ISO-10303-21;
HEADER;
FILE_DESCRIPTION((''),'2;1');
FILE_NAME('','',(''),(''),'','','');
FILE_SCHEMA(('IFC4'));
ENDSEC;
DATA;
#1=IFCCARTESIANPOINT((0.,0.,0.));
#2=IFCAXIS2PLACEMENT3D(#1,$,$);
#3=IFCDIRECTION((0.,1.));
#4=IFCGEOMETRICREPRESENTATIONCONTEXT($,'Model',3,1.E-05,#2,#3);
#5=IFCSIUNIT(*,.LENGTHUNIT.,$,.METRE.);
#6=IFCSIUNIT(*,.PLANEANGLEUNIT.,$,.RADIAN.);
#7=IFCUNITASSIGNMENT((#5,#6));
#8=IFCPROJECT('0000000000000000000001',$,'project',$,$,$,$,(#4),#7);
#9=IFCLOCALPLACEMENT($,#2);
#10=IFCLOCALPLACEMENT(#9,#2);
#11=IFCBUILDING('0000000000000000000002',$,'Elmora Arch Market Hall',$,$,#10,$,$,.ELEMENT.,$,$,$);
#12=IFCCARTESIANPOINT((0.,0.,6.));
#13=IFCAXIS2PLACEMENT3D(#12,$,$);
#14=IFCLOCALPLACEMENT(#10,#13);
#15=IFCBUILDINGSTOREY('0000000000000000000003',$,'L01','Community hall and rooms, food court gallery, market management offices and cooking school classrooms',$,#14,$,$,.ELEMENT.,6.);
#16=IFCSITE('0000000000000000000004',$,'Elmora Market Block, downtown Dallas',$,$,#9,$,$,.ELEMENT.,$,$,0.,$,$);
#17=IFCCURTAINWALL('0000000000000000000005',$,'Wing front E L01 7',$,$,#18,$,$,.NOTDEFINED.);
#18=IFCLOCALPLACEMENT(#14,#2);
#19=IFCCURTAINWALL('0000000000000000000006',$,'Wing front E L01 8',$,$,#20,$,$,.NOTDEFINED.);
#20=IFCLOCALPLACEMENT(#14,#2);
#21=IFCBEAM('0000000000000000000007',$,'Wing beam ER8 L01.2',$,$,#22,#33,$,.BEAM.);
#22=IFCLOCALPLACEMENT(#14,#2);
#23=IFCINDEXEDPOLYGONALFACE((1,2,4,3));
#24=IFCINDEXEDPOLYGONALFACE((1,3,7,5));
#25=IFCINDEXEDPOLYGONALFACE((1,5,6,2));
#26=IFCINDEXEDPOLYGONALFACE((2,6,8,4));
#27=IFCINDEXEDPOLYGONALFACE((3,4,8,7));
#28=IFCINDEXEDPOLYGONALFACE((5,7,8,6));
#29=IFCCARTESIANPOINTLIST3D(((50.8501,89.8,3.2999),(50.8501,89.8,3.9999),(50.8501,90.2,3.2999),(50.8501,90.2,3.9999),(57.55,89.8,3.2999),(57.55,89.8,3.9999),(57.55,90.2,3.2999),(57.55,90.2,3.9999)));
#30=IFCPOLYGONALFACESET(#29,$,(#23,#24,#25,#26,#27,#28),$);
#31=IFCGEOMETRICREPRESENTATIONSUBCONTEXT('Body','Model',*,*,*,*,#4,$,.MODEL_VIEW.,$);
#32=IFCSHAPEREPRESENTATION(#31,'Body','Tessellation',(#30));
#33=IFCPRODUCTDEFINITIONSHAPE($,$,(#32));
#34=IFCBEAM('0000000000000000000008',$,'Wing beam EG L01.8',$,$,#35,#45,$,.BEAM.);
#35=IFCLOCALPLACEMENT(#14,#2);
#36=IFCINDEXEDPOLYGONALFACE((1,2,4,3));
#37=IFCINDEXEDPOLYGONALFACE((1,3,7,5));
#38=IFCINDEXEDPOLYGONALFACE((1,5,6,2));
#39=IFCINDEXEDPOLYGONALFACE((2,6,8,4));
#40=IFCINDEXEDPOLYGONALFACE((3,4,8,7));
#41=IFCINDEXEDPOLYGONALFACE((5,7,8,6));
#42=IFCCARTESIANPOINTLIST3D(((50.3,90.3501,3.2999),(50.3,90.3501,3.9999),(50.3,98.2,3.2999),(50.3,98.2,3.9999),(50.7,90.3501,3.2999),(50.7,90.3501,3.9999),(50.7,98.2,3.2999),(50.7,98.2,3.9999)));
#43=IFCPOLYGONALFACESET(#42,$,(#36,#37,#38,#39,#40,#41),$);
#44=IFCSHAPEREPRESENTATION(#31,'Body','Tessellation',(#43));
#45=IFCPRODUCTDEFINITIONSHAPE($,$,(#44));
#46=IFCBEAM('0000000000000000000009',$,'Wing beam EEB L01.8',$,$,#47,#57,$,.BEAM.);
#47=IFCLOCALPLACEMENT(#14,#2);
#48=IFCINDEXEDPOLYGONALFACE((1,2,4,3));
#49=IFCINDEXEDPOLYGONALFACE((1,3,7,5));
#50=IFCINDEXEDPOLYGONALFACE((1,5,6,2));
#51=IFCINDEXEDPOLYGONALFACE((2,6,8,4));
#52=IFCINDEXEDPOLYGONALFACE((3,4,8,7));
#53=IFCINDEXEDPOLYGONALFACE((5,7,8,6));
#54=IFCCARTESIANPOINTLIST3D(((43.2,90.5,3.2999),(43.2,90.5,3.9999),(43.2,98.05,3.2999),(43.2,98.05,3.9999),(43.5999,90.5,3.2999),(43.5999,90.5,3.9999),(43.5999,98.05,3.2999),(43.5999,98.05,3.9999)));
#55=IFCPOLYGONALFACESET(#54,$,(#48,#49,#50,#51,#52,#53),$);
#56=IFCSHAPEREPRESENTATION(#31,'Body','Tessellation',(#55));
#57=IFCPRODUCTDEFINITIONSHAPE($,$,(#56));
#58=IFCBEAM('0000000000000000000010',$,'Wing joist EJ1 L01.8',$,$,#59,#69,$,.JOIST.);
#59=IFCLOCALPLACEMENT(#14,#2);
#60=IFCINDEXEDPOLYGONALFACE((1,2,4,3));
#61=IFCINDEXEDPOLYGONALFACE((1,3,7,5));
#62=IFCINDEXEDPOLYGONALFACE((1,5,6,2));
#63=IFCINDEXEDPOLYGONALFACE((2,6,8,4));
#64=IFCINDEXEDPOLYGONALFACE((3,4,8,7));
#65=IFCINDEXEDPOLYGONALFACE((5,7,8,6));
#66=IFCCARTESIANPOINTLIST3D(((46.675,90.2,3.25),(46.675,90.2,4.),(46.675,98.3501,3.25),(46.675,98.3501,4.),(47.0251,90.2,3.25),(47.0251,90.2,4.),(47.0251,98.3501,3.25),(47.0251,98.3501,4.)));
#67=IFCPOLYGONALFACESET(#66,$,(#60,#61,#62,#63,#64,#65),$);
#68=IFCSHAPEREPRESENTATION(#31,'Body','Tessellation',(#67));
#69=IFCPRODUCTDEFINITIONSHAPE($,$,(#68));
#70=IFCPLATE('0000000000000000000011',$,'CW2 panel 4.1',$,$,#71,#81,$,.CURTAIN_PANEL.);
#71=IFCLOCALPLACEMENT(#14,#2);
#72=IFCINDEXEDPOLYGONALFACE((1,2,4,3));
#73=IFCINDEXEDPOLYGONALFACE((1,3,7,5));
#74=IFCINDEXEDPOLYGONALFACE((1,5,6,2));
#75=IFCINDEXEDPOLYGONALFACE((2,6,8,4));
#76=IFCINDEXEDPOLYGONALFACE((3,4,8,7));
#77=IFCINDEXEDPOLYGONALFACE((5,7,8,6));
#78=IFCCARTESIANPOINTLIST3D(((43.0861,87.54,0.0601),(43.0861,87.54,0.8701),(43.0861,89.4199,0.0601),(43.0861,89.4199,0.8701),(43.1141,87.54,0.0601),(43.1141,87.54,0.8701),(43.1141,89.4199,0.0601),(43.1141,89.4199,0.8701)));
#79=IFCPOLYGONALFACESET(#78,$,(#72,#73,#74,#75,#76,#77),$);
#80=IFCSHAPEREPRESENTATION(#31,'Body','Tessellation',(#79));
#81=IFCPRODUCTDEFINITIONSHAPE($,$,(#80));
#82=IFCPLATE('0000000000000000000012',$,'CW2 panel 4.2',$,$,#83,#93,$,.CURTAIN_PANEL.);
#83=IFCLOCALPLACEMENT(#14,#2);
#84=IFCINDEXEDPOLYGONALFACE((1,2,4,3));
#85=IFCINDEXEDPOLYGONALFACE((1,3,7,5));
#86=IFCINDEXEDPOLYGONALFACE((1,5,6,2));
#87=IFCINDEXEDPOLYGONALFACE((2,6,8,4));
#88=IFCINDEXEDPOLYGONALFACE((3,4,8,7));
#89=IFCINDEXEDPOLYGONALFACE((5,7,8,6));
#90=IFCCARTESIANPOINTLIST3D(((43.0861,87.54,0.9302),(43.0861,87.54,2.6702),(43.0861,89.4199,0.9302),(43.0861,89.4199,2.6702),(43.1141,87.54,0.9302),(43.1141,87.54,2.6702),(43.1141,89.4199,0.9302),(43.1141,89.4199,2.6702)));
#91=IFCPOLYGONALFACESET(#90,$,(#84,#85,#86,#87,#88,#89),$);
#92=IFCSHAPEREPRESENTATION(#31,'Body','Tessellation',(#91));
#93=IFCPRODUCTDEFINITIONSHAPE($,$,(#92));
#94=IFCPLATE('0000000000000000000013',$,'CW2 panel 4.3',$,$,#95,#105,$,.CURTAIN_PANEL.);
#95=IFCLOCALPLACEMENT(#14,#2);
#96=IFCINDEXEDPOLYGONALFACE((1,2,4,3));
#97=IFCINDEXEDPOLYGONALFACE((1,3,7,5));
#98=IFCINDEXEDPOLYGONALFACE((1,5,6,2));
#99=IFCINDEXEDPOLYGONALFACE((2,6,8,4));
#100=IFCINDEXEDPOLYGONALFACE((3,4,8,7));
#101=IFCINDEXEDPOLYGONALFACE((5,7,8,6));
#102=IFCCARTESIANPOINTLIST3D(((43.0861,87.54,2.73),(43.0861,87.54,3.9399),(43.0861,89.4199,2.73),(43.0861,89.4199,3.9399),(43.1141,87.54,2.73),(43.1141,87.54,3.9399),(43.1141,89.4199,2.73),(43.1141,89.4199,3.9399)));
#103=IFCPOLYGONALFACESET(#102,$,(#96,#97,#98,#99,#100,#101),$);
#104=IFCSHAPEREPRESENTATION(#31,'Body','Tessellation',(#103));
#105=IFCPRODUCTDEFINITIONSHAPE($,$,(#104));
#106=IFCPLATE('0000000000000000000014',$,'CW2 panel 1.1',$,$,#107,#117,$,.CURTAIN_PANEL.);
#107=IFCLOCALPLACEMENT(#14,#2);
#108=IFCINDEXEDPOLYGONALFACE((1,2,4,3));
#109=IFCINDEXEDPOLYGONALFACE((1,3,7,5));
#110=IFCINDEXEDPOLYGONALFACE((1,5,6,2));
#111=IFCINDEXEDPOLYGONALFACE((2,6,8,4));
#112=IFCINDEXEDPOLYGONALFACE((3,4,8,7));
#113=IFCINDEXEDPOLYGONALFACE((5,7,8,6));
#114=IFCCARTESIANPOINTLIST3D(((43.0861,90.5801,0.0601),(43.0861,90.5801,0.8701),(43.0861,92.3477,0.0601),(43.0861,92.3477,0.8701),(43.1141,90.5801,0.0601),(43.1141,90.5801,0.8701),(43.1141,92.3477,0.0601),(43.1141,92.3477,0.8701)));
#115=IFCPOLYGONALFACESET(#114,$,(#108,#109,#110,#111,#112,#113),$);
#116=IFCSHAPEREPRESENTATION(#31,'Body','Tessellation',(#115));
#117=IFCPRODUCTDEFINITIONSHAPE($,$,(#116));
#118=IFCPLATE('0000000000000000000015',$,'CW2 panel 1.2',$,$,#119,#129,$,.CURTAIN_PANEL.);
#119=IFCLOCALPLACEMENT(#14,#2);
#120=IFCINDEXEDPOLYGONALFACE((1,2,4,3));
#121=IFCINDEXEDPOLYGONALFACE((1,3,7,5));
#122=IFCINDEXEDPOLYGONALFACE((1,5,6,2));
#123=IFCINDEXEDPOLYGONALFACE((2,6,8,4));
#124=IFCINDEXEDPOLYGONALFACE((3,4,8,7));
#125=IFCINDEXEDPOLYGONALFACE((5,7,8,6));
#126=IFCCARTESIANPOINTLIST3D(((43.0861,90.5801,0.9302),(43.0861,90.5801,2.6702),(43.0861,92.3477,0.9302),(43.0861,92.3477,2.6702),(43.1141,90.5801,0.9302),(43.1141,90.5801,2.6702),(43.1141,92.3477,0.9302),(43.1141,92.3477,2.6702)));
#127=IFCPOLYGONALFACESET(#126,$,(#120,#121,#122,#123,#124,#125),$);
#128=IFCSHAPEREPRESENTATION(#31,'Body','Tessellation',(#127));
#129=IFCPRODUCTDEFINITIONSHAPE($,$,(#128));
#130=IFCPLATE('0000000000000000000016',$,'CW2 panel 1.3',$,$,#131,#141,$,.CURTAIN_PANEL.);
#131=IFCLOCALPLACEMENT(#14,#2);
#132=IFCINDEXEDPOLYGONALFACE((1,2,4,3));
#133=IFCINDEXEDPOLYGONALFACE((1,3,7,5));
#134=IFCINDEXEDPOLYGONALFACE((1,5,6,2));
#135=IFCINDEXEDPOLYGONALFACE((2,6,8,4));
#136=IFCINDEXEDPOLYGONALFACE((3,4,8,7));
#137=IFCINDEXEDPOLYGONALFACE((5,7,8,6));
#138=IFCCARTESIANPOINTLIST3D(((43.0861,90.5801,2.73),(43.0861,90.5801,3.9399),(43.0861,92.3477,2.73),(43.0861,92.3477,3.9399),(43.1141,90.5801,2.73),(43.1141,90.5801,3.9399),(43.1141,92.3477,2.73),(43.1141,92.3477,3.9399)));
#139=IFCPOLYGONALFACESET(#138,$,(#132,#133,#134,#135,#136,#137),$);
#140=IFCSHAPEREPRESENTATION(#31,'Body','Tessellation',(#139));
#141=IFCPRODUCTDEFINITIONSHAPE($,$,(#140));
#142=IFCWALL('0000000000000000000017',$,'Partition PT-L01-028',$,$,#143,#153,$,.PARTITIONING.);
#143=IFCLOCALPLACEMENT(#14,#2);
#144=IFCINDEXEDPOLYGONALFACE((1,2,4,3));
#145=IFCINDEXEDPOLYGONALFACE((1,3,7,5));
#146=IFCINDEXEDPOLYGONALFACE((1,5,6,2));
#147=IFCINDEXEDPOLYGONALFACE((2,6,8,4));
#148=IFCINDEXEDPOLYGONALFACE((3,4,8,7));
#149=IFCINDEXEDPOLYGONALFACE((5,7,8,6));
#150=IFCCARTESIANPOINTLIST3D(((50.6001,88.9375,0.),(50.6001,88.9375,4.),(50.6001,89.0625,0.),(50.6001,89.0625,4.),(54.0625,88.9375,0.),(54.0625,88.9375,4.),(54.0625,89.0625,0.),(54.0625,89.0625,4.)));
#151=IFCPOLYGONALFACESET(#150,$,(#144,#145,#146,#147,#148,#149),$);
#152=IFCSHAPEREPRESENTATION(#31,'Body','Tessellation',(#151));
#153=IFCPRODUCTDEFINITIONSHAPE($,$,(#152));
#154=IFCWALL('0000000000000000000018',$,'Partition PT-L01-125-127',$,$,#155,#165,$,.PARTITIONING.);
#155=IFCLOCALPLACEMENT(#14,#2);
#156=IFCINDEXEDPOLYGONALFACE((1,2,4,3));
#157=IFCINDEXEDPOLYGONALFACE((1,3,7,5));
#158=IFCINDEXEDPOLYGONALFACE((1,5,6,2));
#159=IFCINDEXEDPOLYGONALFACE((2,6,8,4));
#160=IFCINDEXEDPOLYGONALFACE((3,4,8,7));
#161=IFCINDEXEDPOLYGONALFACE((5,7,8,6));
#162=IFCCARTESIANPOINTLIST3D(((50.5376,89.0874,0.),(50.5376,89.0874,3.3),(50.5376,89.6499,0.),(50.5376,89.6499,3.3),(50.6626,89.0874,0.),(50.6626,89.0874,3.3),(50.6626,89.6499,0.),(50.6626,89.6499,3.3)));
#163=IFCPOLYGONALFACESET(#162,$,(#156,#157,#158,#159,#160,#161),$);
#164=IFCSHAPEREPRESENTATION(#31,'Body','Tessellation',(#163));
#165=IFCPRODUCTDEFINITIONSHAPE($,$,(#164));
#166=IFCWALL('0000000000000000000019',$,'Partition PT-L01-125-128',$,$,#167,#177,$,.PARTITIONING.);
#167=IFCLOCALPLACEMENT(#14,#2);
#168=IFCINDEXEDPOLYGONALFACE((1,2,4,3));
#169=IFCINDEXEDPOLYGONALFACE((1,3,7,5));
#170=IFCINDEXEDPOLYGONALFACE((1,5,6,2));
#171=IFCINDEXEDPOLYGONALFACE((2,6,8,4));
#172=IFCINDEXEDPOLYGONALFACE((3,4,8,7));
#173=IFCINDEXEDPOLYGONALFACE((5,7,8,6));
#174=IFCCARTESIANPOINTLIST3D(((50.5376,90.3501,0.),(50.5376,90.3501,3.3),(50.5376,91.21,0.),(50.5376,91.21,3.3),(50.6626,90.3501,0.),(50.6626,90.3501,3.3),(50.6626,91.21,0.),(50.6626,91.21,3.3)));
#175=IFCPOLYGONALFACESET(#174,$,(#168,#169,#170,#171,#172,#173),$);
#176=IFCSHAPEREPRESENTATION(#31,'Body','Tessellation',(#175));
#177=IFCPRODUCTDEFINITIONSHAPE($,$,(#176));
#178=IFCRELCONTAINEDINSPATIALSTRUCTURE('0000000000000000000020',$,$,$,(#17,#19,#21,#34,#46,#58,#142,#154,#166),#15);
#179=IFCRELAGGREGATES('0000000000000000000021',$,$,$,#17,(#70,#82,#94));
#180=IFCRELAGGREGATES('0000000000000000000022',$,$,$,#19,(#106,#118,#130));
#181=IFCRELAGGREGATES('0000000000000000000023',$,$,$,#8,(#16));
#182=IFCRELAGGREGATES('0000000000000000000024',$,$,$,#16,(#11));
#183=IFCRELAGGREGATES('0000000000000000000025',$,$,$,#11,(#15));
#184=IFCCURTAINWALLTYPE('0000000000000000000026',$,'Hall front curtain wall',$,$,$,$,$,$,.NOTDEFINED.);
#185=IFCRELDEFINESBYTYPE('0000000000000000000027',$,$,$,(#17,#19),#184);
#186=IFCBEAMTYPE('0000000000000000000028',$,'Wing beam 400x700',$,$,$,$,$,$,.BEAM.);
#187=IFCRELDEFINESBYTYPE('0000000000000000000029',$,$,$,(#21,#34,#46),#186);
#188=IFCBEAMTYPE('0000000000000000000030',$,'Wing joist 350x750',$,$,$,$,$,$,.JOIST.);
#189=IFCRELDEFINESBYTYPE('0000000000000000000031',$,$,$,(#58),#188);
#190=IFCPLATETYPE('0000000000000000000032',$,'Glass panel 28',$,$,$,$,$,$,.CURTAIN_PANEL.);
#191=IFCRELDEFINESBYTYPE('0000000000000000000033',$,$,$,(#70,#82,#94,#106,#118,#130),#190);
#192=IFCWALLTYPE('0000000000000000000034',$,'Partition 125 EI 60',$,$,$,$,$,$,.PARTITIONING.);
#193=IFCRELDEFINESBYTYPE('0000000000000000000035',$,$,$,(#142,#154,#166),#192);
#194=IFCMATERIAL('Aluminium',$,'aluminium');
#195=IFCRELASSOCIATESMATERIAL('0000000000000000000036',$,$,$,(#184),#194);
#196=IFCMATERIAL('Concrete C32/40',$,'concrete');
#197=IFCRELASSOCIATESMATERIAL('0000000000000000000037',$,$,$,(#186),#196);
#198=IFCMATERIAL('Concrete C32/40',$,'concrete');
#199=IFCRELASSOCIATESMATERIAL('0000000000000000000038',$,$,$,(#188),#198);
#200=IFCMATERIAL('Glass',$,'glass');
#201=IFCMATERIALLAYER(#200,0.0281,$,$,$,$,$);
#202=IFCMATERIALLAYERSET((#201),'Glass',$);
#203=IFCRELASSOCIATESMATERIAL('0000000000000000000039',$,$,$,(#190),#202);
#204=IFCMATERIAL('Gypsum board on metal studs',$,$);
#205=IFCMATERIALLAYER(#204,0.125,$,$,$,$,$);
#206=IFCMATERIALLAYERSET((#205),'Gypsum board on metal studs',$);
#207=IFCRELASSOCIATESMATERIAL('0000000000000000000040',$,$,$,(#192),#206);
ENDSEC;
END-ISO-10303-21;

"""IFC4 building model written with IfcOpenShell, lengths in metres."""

from ifc_helpers import new_model, si_unit, direction, frame, frame_2d, origin, origin_2d, place, context, subcontext, project, spatial, rectangle, extrude, material, layer, layer_set, material_profile, profile_set, type_object, element, aggregate, save


model = new_model("IFC4")

# Units and contexts
model_context = context("Model", 3, precision=1e-05, world=origin(), true_north=direction((0.0, 1.0)))
body_context = subcontext(model_context, "Body", "Model", "MODEL_VIEW")
ifc_project = project(units=[si_unit("LENGTHUNIT", "METRE"), si_unit("PLANEANGLEUNIT", "RADIAN")], contexts=[model_context])

# Site, building, storey
site_placement = place(None, origin())
site = spatial("IfcSite", under=ifc_project, at=site_placement, Name="Elmora Market Block, downtown Dallas", CompositionType="ELEMENT", RefElevation=0.0)
building_placement = place(site_placement, origin())
building = spatial("IfcBuilding", under=site, at=building_placement, Name="Elmora Arch Market Hall", CompositionType="ELEMENT")
storey_placement = place(building_placement, frame((0.0, 0.0, 6.0)))
storey = spatial("IfcBuildingStorey", under=building, at=storey_placement, Name="L01", Description="Community hall and rooms, food court gallery, market management offices and cooking school classrooms", CompositionType="ELEMENT", Elevation=6.0)

# Curtain wall
ifc_material_1 = material(Name="Aluminium", Category="aluminium")
curtain_wall_type = type_object("IfcCurtainWallType", Name="Hall front curtain wall", PredefinedType="NOTDEFINED", material=ifc_material_1)
curtain_wall_1_placement = place(storey_placement, origin())
curtain_wall_1 = element("IfcCurtainWall", 1, at=curtain_wall_1_placement, inside=storey, type_object=curtain_wall_type, Name="Wing front E L01 7", PredefinedType="NOTDEFINED")

# Curtain wall
curtain_wall_2_placement = place(storey_placement, origin())
curtain_wall_2 = element("IfcCurtainWall", 2, at=curtain_wall_2_placement, inside=storey, type_object=curtain_wall_type, Name="Wing front E L01 8", PredefinedType="NOTDEFINED")

# Beams
ifc_material_2 = material(Name="Concrete C32/40", Category="concrete")
ifc_material_profile_1 = material_profile(ifc_material_2, rectangle(XDim=0.3999, YDim=0.7, at=origin_2d()), Name="Wing beam 400x700")
ifc_profile_set_1 = profile_set([ifc_material_profile_1], Name="Concrete C32/40")
beam_type_1 = type_object("IfcBeamType", Name="Wing beam 400x700", PredefinedType="BEAM", material=ifc_profile_set_1)
beam_1_placement = place(storey_placement, frame((50.8501, 90.0, 3.6499), z_axis=(1.0, 0.0, 0.0), x_axis=(0.0, 1.0, 0.0)))
element("IfcBeam", 3, at=beam_1_placement, inside=storey, type_object=beam_type_1, Name="Wing beam ER8 L01.2", PredefinedType="BEAM", context=body_context, shape_type="SweptSolid", body=[
    extrude(rectangle(XDim=0.3999, YDim=0.7, at=origin_2d()), origin(), (0.0, 0.0, 1.0), 6.7),
])
beam_2_placement = place(storey_placement, frame((50.5, 90.3501, 3.6499), z_axis=(0.0, 1.0, 0.0), x_axis=(-1.0, 0.0, 0.0)))
element("IfcBeam", 4, at=beam_2_placement, inside=storey, type_object=beam_type_1, Name="Wing beam EG L01.8", PredefinedType="BEAM", context=body_context, shape_type="SweptSolid", body=[
    extrude(rectangle(XDim=0.3999, YDim=0.7, at=origin_2d()), origin(), (0.0, 0.0, 1.0), 7.8499),
])
beam_3_placement = place(storey_placement, frame((43.3999, 90.5, 3.6499), z_axis=(0.0, 1.0, 0.0), x_axis=(-1.0, 0.0, 0.0)))
element("IfcBeam", 5, at=beam_3_placement, inside=storey, type_object=beam_type_1, Name="Wing beam EEB L01.8", PredefinedType="BEAM", context=body_context, shape_type="SweptSolid", body=[
    extrude(rectangle(XDim=0.3999, YDim=0.7, at=origin_2d()), origin(), (0.0, 0.0, 1.0), 7.55),
])
ifc_material_3 = material(Name="Concrete C32/40", Category="concrete")
ifc_material_profile_2 = material_profile(ifc_material_3, rectangle(XDim=0.3501, YDim=0.75, at=origin_2d()), Name="Wing joist 350x750")
ifc_profile_set_2 = profile_set([ifc_material_profile_2], Name="Concrete C32/40")
beam_type_2 = type_object("IfcBeamType", Name="Wing joist 350x750", PredefinedType="JOIST", material=ifc_profile_set_2)
beam_4_placement = place(storey_placement, frame((46.8501, 90.2, 3.625), z_axis=(0.0, 1.0, 0.0), x_axis=(-1.0, 0.0, 0.0)))
element("IfcBeam", 6, at=beam_4_placement, inside=storey, type_object=beam_type_2, Name="Wing joist EJ1 L01.8", PredefinedType="JOIST", context=body_context, shape_type="SweptSolid", body=[
    extrude(rectangle(XDim=0.3501, YDim=0.75, at=origin_2d()), origin(), (0.0, 0.0, 1.0), 8.1501),
])

# Plates
ifc_material_4 = material(Name="Glass", Category="glass")
ifc_layer_1 = layer(ifc_material_4, 0.0281)
ifc_layer_set_1 = layer_set([ifc_layer_1], Name="Glass")
plate_type = type_object("IfcPlateType", Name="Glass panel 28", PredefinedType="CURTAIN_PANEL", material=ifc_layer_set_1)
plate_1_placement = place(storey_placement, frame((43.1001, 88.48, 0.0601), z_axis=(0.0, 0.0, 1.0), x_axis=(0.0, 1.0, 0.0)))
plate_1 = element("IfcPlate", 7, at=plate_1_placement, type_object=plate_type, Name="CW2 panel 4.1", PredefinedType="CURTAIN_PANEL", context=body_context, shape_type="SweptSolid", body=[
    extrude(rectangle(XDim=1.8799, YDim=0.0281, at=origin_2d()), origin(), (0.0, 0.0, 1.0), 0.8101),
])
plate_2_placement = place(storey_placement, frame((43.1001, 88.48, 0.9302), z_axis=(0.0, 0.0, 1.0), x_axis=(0.0, 1.0, 0.0)))
plate_2 = element("IfcPlate", 8, at=plate_2_placement, type_object=plate_type, Name="CW2 panel 4.2", PredefinedType="CURTAIN_PANEL", context=body_context, shape_type="SweptSolid", body=[
    extrude(rectangle(XDim=1.8799, YDim=0.0281, at=origin_2d()), origin(), (0.0, 0.0, 1.0), 1.74),
])
plate_3_placement = place(storey_placement, frame((43.1001, 88.48, 2.73), z_axis=(0.0, 0.0, 1.0), x_axis=(0.0, 1.0, 0.0)))
plate_3 = element("IfcPlate", 9, at=plate_3_placement, type_object=plate_type, Name="CW2 panel 4.3", PredefinedType="CURTAIN_PANEL", context=body_context, shape_type="SweptSolid", body=[
    extrude(rectangle(XDim=1.8799, YDim=0.0281, at=origin_2d()), origin(), (0.0, 0.0, 1.0), 1.21),
])
aggregate(curtain_wall_1, [plate_1, plate_2, plate_3])
plate_4_placement = place(storey_placement, frame((43.1001, 91.4639, 0.0601), z_axis=(0.0, 0.0, 1.0), x_axis=(0.0, 1.0, 0.0)))
plate_4 = element("IfcPlate", 10, at=plate_4_placement, type_object=plate_type, Name="CW2 panel 1.1", PredefinedType="CURTAIN_PANEL", context=body_context, shape_type="SweptSolid", body=[
    extrude(rectangle(XDim=1.7676, YDim=0.0281, at=origin_2d()), origin(), (0.0, 0.0, 1.0), 0.8101),
])
plate_5_placement = place(storey_placement, frame((43.1001, 91.4639, 0.9302), z_axis=(0.0, 0.0, 1.0), x_axis=(0.0, 1.0, 0.0)))
plate_5 = element("IfcPlate", 11, at=plate_5_placement, type_object=plate_type, Name="CW2 panel 1.2", PredefinedType="CURTAIN_PANEL", context=body_context, shape_type="SweptSolid", body=[
    extrude(rectangle(XDim=1.7676, YDim=0.0281, at=origin_2d()), origin(), (0.0, 0.0, 1.0), 1.74),
])
plate_6_placement = place(storey_placement, frame((43.1001, 91.4639, 2.73), z_axis=(0.0, 0.0, 1.0), x_axis=(0.0, 1.0, 0.0)))
plate_6 = element("IfcPlate", 12, at=plate_6_placement, type_object=plate_type, Name="CW2 panel 1.3", PredefinedType="CURTAIN_PANEL", context=body_context, shape_type="SweptSolid", body=[
    extrude(rectangle(XDim=1.7676, YDim=0.0281, at=origin_2d()), origin(), (0.0, 0.0, 1.0), 1.21),
])
aggregate(curtain_wall_2, [plate_4, plate_5, plate_6])

# Walls
ifc_material_5 = material(Name="Gypsum board on metal studs")
ifc_layer_2 = layer(ifc_material_5, 0.125)
ifc_layer_set_2 = layer_set([ifc_layer_2], Name="Gypsum board on metal studs")
wall_type_1 = type_object("IfcWallType", Name="Partition 125 EI 60", PredefinedType="PARTITIONING", material=ifc_layer_set_2)
wall_1_placement = place(storey_placement, frame((50.6001, 89.0, 0.0), z_axis=(0.0, 0.0, 1.0), x_axis=(1.0, 0.0, 0.0)))
element("IfcWall", 13, at=wall_1_placement, inside=storey, type_object=wall_type_1, Name="Partition PT-L01-028", PredefinedType="PARTITIONING", context=body_context, shape_type="SweptSolid", body=[
    extrude(rectangle(XDim=3.4624, YDim=0.125, at=frame_2d((1.7312, 0.0))), origin(), (0.0, 0.0, 1.0), 4.0),
])
wall_2_placement = place(storey_placement, frame((50.6001, 89.0874, 0.0), z_axis=(0.0, 0.0, 1.0), x_axis=(0.0, 1.0, 0.0)))
element("IfcWall", 14, at=wall_2_placement, inside=storey, type_object=wall_type_1, Name="Partition PT-L01-125-127", PredefinedType="PARTITIONING", context=body_context, shape_type="SweptSolid", body=[
    extrude(rectangle(XDim=0.5625, YDim=0.125, at=frame_2d((0.2812, 0.0))), origin(), (0.0, 0.0, 1.0), 3.3),
])
wall_3_placement = place(storey_placement, frame((50.6001, 90.3501, 0.0), z_axis=(0.0, 0.0, 1.0), x_axis=(0.0, 1.0, 0.0)))
element("IfcWall", 15, at=wall_3_placement, inside=storey, type_object=wall_type_1, Name="Partition PT-L01-125-128", PredefinedType="PARTITIONING", context=body_context, shape_type="SweptSolid", body=[
    extrude(rectangle(XDim=0.8599, YDim=0.125, at=frame_2d((0.4299, 0.0))), origin(), (0.0, 0.0, 1.0), 3.3),
])

save(model, "model.ifc")
